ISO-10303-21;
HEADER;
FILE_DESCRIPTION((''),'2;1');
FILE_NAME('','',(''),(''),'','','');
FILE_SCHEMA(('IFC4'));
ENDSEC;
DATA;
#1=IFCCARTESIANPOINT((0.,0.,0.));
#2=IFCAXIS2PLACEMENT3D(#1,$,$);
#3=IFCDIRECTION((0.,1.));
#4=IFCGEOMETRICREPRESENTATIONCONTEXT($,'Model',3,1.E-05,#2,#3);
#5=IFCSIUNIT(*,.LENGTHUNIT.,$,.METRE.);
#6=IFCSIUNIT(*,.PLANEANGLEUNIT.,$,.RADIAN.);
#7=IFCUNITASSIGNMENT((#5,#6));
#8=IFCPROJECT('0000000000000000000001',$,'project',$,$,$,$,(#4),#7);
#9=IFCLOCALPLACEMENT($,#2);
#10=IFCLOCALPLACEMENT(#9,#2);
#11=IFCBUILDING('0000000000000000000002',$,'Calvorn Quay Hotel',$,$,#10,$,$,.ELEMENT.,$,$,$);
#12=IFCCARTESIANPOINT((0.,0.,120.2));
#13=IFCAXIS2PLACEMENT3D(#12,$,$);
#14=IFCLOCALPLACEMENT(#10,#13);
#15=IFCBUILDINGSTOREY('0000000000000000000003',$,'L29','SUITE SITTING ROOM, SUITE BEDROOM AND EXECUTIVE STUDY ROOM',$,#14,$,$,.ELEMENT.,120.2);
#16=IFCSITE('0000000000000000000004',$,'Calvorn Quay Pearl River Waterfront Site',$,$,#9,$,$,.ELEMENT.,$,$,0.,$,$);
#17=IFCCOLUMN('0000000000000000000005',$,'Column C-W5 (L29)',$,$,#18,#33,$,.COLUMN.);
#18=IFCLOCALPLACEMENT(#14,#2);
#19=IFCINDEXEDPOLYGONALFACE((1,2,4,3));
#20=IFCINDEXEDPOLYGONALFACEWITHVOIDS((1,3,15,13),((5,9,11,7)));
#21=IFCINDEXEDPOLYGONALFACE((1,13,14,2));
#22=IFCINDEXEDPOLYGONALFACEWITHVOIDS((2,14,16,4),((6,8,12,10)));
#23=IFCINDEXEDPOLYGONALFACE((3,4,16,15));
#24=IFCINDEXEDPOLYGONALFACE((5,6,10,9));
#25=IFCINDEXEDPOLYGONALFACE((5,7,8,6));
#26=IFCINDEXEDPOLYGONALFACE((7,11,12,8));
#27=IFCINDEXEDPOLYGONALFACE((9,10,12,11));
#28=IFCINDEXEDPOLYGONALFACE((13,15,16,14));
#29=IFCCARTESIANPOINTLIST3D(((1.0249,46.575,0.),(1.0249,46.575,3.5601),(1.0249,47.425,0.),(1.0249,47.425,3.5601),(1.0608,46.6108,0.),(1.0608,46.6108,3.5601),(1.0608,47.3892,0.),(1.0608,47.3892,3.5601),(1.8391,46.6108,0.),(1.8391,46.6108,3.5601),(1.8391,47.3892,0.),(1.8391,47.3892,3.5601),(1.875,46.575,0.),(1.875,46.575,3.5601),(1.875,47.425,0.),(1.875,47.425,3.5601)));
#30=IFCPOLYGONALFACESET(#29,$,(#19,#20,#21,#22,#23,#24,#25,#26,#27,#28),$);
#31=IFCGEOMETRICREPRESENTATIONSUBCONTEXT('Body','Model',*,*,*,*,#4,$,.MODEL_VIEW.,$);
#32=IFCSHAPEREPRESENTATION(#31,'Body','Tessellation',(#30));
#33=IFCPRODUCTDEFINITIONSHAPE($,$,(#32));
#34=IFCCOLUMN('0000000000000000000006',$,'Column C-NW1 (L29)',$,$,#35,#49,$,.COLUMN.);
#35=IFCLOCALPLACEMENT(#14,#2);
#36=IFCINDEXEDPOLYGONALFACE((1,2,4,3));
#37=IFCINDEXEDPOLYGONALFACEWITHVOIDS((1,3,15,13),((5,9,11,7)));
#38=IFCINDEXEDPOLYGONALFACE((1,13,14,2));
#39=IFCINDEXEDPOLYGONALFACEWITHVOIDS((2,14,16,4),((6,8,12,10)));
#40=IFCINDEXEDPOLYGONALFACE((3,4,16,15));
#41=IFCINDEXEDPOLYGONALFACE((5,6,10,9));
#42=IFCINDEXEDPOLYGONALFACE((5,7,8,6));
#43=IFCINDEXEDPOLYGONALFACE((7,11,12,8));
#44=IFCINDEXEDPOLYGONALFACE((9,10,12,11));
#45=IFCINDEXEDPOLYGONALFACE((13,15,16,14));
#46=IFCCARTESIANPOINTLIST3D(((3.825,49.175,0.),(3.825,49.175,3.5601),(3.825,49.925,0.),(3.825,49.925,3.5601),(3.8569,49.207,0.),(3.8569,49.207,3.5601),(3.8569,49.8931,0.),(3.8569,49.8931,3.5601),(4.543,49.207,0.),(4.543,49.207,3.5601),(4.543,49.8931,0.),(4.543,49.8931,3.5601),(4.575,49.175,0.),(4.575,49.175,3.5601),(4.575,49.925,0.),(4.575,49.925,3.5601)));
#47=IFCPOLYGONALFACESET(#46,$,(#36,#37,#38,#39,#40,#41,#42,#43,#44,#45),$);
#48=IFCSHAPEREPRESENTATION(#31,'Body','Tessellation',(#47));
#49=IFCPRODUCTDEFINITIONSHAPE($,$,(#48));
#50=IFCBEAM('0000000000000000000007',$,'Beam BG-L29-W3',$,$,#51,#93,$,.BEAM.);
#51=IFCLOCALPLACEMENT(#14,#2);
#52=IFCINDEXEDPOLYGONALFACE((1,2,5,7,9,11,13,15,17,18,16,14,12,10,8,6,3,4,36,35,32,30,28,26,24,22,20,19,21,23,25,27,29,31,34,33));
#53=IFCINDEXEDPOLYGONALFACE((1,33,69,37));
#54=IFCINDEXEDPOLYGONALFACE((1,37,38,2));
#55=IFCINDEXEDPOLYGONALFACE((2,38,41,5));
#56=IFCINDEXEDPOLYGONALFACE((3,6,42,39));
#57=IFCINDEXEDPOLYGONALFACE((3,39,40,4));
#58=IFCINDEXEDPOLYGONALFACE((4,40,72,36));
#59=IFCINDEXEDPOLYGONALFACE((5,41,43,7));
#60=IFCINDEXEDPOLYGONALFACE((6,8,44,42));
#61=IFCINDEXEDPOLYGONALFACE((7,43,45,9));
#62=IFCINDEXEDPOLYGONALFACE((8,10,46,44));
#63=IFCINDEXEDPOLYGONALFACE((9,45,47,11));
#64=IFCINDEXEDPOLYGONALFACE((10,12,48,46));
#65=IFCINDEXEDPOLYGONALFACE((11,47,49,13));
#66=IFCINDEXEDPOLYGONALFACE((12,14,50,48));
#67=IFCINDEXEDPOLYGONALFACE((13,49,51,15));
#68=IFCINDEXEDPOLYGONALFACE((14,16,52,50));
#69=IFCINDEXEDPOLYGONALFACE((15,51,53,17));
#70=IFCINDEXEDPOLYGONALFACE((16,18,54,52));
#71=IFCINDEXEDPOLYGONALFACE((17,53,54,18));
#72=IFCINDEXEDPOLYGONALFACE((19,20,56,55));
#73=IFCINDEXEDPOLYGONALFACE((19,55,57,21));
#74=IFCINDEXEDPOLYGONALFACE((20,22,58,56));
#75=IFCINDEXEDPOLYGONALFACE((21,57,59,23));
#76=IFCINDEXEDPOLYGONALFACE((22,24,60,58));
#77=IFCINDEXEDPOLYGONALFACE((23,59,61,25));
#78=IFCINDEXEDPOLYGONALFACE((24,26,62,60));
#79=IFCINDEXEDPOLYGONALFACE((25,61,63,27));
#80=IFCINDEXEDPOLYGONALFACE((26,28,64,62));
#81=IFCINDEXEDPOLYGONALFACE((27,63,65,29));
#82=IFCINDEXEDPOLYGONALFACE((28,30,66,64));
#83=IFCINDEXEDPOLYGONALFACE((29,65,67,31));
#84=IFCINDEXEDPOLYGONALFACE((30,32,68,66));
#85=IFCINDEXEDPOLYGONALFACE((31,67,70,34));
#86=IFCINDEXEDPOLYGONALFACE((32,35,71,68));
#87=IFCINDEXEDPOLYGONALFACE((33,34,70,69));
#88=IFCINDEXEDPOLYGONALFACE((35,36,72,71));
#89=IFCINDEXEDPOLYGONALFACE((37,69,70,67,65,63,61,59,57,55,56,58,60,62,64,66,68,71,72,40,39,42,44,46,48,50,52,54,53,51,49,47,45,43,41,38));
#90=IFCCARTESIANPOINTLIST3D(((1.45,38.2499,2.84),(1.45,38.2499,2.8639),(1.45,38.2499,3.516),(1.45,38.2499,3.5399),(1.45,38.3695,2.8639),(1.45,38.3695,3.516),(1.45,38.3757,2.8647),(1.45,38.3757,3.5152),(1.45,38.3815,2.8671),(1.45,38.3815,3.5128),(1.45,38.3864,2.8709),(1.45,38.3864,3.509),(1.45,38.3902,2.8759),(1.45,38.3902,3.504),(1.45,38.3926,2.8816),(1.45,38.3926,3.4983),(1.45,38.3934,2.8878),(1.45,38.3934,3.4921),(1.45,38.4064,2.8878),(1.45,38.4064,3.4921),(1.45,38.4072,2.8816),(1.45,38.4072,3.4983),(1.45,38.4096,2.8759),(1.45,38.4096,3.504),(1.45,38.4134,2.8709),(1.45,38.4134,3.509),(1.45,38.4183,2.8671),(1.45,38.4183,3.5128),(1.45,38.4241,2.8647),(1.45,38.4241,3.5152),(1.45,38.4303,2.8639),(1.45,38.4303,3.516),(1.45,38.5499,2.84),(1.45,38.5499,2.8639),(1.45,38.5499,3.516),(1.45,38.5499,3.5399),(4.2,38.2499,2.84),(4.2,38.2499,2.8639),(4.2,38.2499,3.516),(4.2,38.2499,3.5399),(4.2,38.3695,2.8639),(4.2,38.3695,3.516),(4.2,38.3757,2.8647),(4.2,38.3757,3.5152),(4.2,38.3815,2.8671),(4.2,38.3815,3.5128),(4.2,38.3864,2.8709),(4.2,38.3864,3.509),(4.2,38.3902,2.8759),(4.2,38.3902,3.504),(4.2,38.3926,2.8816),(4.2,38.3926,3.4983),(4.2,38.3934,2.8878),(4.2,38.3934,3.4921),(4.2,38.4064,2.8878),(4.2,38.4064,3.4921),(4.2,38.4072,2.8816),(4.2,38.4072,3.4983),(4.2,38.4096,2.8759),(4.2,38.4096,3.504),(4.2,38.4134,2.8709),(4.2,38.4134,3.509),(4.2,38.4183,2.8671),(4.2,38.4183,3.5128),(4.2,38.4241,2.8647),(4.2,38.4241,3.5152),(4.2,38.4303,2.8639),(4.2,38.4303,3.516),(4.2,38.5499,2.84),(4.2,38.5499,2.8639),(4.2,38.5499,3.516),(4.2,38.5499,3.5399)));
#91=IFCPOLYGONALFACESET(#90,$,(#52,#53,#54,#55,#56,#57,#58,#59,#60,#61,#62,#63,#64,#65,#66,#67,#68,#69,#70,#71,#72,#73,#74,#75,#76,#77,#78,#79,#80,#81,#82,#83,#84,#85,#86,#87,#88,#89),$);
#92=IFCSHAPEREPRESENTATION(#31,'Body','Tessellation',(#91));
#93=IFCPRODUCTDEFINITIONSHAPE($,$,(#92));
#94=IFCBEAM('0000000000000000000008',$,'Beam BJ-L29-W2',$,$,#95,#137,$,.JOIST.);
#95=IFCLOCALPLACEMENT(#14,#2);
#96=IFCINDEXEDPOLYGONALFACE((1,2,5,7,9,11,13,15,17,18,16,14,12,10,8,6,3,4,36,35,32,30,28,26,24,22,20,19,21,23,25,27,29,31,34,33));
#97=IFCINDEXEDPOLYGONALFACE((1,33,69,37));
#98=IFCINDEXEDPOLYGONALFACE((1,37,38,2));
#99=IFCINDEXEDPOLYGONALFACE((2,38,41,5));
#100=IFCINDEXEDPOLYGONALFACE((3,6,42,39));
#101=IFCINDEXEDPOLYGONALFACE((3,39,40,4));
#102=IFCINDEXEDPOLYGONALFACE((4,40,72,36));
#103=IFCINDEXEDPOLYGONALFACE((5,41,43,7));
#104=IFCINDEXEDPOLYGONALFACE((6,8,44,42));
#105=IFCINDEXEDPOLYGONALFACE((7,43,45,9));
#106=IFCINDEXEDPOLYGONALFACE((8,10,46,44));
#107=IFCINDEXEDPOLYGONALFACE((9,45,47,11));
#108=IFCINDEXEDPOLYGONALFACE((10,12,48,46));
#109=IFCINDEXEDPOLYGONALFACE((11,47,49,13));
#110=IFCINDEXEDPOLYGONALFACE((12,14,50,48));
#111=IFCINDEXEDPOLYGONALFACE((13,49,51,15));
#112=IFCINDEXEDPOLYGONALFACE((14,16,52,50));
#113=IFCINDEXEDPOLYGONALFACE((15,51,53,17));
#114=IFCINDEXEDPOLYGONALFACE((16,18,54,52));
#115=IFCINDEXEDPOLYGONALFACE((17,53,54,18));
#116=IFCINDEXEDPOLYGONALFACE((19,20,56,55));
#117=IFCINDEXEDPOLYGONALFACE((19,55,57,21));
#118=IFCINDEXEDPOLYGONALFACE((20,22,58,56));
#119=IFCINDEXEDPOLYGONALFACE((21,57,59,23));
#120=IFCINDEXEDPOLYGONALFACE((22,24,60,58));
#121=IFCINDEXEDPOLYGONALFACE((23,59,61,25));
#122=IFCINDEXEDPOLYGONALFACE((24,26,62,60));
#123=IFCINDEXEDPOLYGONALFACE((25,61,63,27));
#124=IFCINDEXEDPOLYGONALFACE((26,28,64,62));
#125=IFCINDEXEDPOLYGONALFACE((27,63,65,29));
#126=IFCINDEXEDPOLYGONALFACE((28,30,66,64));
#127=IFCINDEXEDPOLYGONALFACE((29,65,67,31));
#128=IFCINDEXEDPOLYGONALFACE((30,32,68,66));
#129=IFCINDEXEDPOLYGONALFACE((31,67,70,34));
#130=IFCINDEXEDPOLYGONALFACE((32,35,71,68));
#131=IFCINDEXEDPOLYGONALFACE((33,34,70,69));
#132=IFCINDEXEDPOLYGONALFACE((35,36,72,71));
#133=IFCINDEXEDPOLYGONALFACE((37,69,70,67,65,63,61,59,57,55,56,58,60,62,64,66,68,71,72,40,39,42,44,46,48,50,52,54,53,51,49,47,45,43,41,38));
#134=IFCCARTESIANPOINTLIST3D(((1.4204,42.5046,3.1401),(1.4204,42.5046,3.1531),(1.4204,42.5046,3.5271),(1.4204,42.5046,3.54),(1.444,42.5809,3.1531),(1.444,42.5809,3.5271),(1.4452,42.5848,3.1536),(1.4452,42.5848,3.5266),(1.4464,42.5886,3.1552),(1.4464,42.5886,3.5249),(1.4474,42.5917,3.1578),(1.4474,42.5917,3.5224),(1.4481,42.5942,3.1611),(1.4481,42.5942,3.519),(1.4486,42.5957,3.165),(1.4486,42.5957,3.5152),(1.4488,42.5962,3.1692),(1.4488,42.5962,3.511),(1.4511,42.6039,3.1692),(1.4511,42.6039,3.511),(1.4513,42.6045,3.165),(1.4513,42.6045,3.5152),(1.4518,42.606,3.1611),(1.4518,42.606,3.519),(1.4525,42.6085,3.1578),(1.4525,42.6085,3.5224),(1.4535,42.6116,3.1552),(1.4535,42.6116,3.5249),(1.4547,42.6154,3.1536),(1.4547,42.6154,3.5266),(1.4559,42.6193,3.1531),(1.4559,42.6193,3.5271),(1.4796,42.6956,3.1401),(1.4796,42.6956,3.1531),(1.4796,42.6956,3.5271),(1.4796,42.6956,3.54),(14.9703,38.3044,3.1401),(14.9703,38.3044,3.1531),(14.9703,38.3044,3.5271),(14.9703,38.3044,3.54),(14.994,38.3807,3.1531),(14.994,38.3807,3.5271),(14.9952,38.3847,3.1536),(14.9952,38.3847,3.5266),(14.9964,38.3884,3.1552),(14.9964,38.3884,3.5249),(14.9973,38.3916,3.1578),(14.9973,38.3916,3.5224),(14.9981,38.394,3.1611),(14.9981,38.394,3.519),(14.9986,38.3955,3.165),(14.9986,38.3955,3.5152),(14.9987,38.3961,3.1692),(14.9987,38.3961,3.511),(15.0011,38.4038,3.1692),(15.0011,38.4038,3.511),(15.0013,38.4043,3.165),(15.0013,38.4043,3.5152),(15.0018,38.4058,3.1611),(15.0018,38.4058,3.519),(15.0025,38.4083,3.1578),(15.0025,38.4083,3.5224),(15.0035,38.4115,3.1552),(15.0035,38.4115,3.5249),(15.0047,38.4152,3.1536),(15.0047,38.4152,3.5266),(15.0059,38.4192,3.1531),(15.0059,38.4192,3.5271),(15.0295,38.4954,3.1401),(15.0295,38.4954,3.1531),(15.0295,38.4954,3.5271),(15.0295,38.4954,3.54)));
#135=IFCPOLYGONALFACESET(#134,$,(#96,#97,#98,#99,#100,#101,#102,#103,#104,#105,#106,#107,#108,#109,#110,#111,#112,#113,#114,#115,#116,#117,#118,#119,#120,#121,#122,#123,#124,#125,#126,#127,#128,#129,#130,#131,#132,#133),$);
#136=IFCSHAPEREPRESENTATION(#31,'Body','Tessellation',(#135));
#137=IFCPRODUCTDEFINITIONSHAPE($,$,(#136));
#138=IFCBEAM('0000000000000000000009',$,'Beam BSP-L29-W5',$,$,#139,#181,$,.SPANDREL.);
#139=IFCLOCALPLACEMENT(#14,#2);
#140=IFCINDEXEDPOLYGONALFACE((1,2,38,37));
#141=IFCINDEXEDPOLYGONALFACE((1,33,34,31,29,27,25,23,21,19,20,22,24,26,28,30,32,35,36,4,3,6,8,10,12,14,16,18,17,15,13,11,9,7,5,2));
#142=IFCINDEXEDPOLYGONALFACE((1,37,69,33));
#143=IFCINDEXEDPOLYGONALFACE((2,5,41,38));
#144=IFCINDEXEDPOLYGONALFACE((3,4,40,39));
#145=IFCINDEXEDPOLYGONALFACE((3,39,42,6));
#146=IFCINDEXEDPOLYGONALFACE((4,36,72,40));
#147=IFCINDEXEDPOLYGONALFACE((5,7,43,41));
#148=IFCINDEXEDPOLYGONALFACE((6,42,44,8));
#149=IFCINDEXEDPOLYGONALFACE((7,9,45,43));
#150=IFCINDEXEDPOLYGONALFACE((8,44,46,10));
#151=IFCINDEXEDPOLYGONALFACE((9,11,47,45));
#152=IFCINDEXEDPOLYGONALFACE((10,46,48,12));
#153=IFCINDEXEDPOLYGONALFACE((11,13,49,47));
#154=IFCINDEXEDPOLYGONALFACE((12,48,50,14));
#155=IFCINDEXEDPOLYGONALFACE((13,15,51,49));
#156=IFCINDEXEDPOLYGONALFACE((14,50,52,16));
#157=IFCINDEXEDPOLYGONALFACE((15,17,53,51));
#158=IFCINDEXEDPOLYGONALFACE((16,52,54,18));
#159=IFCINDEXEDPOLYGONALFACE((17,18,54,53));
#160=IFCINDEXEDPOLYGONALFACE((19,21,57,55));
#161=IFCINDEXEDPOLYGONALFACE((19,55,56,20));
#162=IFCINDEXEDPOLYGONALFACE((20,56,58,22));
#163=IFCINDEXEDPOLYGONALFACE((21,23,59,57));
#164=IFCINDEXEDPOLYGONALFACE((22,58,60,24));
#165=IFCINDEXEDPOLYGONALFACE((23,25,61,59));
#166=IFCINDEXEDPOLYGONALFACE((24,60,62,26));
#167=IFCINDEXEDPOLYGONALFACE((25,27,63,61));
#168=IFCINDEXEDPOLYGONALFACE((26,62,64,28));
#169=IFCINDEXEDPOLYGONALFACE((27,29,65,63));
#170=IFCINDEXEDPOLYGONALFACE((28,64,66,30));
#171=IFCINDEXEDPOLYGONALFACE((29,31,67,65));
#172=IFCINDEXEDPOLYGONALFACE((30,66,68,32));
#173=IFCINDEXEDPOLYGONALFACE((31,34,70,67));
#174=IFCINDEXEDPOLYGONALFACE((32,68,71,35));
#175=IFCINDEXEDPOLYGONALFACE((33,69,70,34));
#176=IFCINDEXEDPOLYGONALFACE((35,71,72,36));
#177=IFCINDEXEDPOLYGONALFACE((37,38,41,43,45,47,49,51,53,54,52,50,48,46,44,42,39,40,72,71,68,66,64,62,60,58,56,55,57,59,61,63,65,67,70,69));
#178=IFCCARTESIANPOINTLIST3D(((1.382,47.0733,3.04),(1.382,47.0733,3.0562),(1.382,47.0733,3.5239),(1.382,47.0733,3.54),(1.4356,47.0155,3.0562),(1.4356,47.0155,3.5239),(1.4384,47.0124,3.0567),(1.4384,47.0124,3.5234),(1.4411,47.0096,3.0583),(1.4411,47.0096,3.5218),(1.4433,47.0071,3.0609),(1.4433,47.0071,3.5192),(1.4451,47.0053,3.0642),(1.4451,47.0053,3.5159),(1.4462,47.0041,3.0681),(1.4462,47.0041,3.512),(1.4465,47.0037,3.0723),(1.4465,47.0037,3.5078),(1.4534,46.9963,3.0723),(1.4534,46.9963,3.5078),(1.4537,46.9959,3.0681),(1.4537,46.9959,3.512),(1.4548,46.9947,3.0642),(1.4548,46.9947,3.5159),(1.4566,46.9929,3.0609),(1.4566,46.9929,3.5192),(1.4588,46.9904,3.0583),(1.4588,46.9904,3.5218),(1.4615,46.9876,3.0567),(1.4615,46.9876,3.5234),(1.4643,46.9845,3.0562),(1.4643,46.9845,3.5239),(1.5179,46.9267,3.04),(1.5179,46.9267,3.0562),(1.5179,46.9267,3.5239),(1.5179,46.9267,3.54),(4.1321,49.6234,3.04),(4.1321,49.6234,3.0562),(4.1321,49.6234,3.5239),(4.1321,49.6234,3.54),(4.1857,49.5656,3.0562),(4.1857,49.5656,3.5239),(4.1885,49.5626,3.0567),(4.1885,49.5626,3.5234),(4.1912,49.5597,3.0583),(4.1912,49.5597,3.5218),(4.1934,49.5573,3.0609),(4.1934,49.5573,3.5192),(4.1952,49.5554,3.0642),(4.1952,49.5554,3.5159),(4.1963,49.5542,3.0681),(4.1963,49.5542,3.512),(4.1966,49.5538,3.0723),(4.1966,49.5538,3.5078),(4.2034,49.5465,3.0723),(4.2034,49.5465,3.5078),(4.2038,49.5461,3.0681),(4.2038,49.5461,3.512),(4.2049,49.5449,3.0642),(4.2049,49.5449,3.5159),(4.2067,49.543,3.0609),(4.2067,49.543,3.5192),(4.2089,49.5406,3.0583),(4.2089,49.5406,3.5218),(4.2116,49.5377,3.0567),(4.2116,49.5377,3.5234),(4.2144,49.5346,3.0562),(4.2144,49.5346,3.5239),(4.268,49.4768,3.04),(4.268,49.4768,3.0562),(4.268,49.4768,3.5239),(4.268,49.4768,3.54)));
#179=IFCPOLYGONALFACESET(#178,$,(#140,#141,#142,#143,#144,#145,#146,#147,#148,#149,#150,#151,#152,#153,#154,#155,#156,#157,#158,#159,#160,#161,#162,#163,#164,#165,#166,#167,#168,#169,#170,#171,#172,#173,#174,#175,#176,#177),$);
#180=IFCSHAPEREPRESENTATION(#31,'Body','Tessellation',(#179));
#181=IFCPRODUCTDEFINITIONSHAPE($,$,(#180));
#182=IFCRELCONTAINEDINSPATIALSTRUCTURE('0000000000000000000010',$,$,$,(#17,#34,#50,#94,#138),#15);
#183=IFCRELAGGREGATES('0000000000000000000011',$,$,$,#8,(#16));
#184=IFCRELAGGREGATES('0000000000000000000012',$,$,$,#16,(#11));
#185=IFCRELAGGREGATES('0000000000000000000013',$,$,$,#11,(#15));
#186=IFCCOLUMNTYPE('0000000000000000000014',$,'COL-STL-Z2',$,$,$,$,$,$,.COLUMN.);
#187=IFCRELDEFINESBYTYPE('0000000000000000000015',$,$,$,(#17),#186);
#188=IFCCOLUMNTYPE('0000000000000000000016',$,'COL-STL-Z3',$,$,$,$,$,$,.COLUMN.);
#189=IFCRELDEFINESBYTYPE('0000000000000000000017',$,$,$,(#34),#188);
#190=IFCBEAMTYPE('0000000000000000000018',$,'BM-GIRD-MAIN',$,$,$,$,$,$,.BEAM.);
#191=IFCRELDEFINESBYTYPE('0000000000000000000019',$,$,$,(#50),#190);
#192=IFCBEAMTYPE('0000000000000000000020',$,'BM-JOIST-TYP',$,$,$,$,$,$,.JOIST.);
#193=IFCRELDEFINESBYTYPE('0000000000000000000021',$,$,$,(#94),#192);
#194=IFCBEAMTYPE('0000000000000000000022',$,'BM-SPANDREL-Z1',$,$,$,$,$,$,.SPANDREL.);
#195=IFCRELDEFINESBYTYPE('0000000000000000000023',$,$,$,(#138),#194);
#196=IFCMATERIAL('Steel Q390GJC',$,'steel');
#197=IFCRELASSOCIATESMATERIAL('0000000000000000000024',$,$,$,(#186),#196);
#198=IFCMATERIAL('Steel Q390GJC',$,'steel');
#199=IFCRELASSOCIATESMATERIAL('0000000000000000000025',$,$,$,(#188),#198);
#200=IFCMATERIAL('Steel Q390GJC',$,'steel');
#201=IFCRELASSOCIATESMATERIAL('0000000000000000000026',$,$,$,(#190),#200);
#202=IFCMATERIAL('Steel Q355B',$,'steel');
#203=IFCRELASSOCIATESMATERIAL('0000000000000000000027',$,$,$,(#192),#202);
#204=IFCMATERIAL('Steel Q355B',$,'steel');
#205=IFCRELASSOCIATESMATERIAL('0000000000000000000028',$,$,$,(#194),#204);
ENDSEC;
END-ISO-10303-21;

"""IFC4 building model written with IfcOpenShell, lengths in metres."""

from ifc_helpers import new_model, si_unit, direction, frame, origin, origin_2d, place, context, subcontext, project, spatial, hollow_rectangle, i_section, extrude, material, material_profile, profile_set, type_object, element, save


model = new_model("IFC4")

# Units and contexts
model_context = context("Model", 3, precision=1e-05, world=origin(), true_north=direction((0.0, 1.0)))
body_context = subcontext(model_context, "Body", "Model", "MODEL_VIEW")
ifc_project = project(units=[si_unit("LENGTHUNIT", "METRE"), si_unit("PLANEANGLEUNIT", "RADIAN")], contexts=[model_context])

# Site, building, storey
site_placement = place(None, origin())
site = spatial("IfcSite", under=ifc_project, at=site_placement, Name="Calvorn Quay Pearl River Waterfront Site", CompositionType="ELEMENT", RefElevation=0.0)
building_placement = place(site_placement, origin())
building = spatial("IfcBuilding", under=site, at=building_placement, Name="Calvorn Quay Hotel", CompositionType="ELEMENT")
storey_placement = place(building_placement, frame((0.0, 0.0, 120.2)))
storey = spatial("IfcBuildingStorey", under=building, at=storey_placement, Name="L29", Description="SUITE SITTING ROOM, SUITE BEDROOM AND EXECUTIVE STUDY ROOM", CompositionType="ELEMENT", Elevation=120.2)

# Columns
ifc_material_1 = material(Name="Steel Q390GJC", Category="steel")
ifc_material_profile_1 = material_profile(ifc_material_1, hollow_rectangle(XDim=0.8501, YDim=0.8501, WallThickness=0.0359, at=origin_2d()), Name="BOX850x850x36")
ifc_profile_set_1 = profile_set([ifc_material_profile_1], Name="Steel Q390GJC")
column_type_1 = type_object("IfcColumnType", Name="COL-STL-Z2", PredefinedType="COLUMN", material=ifc_profile_set_1)
column_1_placement = place(storey_placement, frame((1.45, 47.0, 0.0), z_axis=(0.0, 0.0, 1.0), x_axis=(1.0, 0.0, 0.0)))
element("IfcColumn", 1, at=column_1_placement, inside=storey, type_object=column_type_1, Name="Column C-W5 (L29)", PredefinedType="COLUMN", context=body_context, shape_type="SweptSolid", body=[
    extrude(hollow_rectangle(XDim=0.8501, YDim=0.8501, WallThickness=0.0359, at=origin_2d()), origin(), (0.0, 0.0, 1.0), 3.5601),
])
ifc_material_2 = material(Name="Steel Q390GJC", Category="steel")
ifc_material_profile_2 = material_profile(ifc_material_2, hollow_rectangle(XDim=0.75, YDim=0.75, WallThickness=0.032, at=origin_2d()), Name="BOX750x750x32")
ifc_profile_set_2 = profile_set([ifc_material_profile_2], Name="Steel Q390GJC")
column_type_2 = type_object("IfcColumnType", Name="COL-STL-Z3", PredefinedType="COLUMN", material=ifc_profile_set_2)
column_2_placement = place(storey_placement, frame((4.2, 49.55, 0.0), z_axis=(0.0, 0.0, 1.0), x_axis=(1.0, 0.0, 0.0)))
element("IfcColumn", 2, at=column_2_placement, inside=storey, type_object=column_type_2, Name="Column C-NW1 (L29)", PredefinedType="COLUMN", context=body_context, shape_type="SweptSolid", body=[
    extrude(hollow_rectangle(XDim=0.75, YDim=0.75, WallThickness=0.032, at=origin_2d()), origin(), (0.0, 0.0, 1.0), 3.5601),
])

# Beams
ifc_material_3 = material(Name="Steel Q390GJC", Category="steel")
ifc_material_profile_3 = material_profile(ifc_material_3, i_section(OverallWidth=0.3, OverallDepth=0.7, WebThickness=0.0129, FlangeThickness=0.0239, FilletRadius=0.0239, at=origin_2d()), Name="HN700x300x13x24")
ifc_profile_set_3 = profile_set([ifc_material_profile_3], Name="Steel Q390GJC")
beam_type_1 = type_object("IfcBeamType", Name="BM-GIRD-MAIN", PredefinedType="BEAM", material=ifc_profile_set_3)
beam_1_placement = place(storey_placement, frame((1.45, 38.3999, 3.1899), z_axis=(1.0, 0.0, 0.0), x_axis=(0.0, 1.0, 0.0)))
element("IfcBeam", 3, at=beam_1_placement, inside=storey, type_object=beam_type_1, Name="Beam BG-L29-W3", PredefinedType="BEAM", context=body_context, shape_type="SweptSolid", body=[
    extrude(i_section(OverallWidth=0.3, OverallDepth=0.7, WebThickness=0.0129, FlangeThickness=0.0239, FilletRadius=0.0239, at=origin_2d()), origin(), (0.0, 0.0, 1.0), 2.75),
])
ifc_material_4 = material(Name="Steel Q355B", Category="steel")
ifc_material_profile_4 = material_profile(ifc_material_4, i_section(OverallWidth=0.2, OverallDepth=0.3999, WebThickness=0.0081, FlangeThickness=0.0129, FilletRadius=0.0161, at=origin_2d()), Name="HN400x200x8x13")
ifc_profile_set_4 = profile_set([ifc_material_profile_4], Name="Steel Q355B")
beam_type_2 = type_object("IfcBeamType", Name="BM-JOIST-TYP", PredefinedType="JOIST", material=ifc_profile_set_4)
beam_2_placement = place(storey_placement, frame((1.45, 42.6001, 3.3401), z_axis=(0.955164, -0.296078, 0.0), x_axis=(0.296078, 0.955164, 0.0)))
element("IfcBeam", 4, at=beam_2_placement, inside=storey, type_object=beam_type_2, Name="Beam BJ-L29-W2", PredefinedType="JOIST", context=body_context, shape_type="SweptSolid", body=[
    extrude(i_section(OverallWidth=0.2, OverallDepth=0.3999, WebThickness=0.0081, FlangeThickness=0.0129, FilletRadius=0.0161, at=origin_2d()), origin(), (0.0, 0.0, 1.0), 14.186),
])
ifc_material_5 = material(Name="Steel Q355B", Category="steel")
ifc_material_profile_5 = material_profile(ifc_material_5, i_section(OverallWidth=0.2, OverallDepth=0.5, WebThickness=0.01, FlangeThickness=0.0161, FilletRadius=0.0161, at=origin_2d()), Name="HN500x200x10x16")
ifc_profile_set_5 = profile_set([ifc_material_profile_5], Name="Steel Q355B")
beam_type_3 = type_object("IfcBeamType", Name="BM-SPANDREL-Z1", PredefinedType="SPANDREL", material=ifc_profile_set_5)
beam_3_placement = place(storey_placement, frame((1.45, 47.0, 3.29), z_axis=(0.733262, 0.679947, 0.0), x_axis=(-0.679947, 0.733262, 0.0)))
element("IfcBeam", 5, at=beam_3_placement, inside=storey, type_object=beam_type_3, Name="Beam BSP-L29-W5", PredefinedType="SPANDREL", context=body_context, shape_type="SweptSolid", body=[
    extrude(i_section(OverallWidth=0.2, OverallDepth=0.5, WebThickness=0.01, FlangeThickness=0.0161, FilletRadius=0.0161, at=origin_2d()), origin(), (0.0, 0.0, 1.0), 3.7505),
])

save(model, "model.ifc")
